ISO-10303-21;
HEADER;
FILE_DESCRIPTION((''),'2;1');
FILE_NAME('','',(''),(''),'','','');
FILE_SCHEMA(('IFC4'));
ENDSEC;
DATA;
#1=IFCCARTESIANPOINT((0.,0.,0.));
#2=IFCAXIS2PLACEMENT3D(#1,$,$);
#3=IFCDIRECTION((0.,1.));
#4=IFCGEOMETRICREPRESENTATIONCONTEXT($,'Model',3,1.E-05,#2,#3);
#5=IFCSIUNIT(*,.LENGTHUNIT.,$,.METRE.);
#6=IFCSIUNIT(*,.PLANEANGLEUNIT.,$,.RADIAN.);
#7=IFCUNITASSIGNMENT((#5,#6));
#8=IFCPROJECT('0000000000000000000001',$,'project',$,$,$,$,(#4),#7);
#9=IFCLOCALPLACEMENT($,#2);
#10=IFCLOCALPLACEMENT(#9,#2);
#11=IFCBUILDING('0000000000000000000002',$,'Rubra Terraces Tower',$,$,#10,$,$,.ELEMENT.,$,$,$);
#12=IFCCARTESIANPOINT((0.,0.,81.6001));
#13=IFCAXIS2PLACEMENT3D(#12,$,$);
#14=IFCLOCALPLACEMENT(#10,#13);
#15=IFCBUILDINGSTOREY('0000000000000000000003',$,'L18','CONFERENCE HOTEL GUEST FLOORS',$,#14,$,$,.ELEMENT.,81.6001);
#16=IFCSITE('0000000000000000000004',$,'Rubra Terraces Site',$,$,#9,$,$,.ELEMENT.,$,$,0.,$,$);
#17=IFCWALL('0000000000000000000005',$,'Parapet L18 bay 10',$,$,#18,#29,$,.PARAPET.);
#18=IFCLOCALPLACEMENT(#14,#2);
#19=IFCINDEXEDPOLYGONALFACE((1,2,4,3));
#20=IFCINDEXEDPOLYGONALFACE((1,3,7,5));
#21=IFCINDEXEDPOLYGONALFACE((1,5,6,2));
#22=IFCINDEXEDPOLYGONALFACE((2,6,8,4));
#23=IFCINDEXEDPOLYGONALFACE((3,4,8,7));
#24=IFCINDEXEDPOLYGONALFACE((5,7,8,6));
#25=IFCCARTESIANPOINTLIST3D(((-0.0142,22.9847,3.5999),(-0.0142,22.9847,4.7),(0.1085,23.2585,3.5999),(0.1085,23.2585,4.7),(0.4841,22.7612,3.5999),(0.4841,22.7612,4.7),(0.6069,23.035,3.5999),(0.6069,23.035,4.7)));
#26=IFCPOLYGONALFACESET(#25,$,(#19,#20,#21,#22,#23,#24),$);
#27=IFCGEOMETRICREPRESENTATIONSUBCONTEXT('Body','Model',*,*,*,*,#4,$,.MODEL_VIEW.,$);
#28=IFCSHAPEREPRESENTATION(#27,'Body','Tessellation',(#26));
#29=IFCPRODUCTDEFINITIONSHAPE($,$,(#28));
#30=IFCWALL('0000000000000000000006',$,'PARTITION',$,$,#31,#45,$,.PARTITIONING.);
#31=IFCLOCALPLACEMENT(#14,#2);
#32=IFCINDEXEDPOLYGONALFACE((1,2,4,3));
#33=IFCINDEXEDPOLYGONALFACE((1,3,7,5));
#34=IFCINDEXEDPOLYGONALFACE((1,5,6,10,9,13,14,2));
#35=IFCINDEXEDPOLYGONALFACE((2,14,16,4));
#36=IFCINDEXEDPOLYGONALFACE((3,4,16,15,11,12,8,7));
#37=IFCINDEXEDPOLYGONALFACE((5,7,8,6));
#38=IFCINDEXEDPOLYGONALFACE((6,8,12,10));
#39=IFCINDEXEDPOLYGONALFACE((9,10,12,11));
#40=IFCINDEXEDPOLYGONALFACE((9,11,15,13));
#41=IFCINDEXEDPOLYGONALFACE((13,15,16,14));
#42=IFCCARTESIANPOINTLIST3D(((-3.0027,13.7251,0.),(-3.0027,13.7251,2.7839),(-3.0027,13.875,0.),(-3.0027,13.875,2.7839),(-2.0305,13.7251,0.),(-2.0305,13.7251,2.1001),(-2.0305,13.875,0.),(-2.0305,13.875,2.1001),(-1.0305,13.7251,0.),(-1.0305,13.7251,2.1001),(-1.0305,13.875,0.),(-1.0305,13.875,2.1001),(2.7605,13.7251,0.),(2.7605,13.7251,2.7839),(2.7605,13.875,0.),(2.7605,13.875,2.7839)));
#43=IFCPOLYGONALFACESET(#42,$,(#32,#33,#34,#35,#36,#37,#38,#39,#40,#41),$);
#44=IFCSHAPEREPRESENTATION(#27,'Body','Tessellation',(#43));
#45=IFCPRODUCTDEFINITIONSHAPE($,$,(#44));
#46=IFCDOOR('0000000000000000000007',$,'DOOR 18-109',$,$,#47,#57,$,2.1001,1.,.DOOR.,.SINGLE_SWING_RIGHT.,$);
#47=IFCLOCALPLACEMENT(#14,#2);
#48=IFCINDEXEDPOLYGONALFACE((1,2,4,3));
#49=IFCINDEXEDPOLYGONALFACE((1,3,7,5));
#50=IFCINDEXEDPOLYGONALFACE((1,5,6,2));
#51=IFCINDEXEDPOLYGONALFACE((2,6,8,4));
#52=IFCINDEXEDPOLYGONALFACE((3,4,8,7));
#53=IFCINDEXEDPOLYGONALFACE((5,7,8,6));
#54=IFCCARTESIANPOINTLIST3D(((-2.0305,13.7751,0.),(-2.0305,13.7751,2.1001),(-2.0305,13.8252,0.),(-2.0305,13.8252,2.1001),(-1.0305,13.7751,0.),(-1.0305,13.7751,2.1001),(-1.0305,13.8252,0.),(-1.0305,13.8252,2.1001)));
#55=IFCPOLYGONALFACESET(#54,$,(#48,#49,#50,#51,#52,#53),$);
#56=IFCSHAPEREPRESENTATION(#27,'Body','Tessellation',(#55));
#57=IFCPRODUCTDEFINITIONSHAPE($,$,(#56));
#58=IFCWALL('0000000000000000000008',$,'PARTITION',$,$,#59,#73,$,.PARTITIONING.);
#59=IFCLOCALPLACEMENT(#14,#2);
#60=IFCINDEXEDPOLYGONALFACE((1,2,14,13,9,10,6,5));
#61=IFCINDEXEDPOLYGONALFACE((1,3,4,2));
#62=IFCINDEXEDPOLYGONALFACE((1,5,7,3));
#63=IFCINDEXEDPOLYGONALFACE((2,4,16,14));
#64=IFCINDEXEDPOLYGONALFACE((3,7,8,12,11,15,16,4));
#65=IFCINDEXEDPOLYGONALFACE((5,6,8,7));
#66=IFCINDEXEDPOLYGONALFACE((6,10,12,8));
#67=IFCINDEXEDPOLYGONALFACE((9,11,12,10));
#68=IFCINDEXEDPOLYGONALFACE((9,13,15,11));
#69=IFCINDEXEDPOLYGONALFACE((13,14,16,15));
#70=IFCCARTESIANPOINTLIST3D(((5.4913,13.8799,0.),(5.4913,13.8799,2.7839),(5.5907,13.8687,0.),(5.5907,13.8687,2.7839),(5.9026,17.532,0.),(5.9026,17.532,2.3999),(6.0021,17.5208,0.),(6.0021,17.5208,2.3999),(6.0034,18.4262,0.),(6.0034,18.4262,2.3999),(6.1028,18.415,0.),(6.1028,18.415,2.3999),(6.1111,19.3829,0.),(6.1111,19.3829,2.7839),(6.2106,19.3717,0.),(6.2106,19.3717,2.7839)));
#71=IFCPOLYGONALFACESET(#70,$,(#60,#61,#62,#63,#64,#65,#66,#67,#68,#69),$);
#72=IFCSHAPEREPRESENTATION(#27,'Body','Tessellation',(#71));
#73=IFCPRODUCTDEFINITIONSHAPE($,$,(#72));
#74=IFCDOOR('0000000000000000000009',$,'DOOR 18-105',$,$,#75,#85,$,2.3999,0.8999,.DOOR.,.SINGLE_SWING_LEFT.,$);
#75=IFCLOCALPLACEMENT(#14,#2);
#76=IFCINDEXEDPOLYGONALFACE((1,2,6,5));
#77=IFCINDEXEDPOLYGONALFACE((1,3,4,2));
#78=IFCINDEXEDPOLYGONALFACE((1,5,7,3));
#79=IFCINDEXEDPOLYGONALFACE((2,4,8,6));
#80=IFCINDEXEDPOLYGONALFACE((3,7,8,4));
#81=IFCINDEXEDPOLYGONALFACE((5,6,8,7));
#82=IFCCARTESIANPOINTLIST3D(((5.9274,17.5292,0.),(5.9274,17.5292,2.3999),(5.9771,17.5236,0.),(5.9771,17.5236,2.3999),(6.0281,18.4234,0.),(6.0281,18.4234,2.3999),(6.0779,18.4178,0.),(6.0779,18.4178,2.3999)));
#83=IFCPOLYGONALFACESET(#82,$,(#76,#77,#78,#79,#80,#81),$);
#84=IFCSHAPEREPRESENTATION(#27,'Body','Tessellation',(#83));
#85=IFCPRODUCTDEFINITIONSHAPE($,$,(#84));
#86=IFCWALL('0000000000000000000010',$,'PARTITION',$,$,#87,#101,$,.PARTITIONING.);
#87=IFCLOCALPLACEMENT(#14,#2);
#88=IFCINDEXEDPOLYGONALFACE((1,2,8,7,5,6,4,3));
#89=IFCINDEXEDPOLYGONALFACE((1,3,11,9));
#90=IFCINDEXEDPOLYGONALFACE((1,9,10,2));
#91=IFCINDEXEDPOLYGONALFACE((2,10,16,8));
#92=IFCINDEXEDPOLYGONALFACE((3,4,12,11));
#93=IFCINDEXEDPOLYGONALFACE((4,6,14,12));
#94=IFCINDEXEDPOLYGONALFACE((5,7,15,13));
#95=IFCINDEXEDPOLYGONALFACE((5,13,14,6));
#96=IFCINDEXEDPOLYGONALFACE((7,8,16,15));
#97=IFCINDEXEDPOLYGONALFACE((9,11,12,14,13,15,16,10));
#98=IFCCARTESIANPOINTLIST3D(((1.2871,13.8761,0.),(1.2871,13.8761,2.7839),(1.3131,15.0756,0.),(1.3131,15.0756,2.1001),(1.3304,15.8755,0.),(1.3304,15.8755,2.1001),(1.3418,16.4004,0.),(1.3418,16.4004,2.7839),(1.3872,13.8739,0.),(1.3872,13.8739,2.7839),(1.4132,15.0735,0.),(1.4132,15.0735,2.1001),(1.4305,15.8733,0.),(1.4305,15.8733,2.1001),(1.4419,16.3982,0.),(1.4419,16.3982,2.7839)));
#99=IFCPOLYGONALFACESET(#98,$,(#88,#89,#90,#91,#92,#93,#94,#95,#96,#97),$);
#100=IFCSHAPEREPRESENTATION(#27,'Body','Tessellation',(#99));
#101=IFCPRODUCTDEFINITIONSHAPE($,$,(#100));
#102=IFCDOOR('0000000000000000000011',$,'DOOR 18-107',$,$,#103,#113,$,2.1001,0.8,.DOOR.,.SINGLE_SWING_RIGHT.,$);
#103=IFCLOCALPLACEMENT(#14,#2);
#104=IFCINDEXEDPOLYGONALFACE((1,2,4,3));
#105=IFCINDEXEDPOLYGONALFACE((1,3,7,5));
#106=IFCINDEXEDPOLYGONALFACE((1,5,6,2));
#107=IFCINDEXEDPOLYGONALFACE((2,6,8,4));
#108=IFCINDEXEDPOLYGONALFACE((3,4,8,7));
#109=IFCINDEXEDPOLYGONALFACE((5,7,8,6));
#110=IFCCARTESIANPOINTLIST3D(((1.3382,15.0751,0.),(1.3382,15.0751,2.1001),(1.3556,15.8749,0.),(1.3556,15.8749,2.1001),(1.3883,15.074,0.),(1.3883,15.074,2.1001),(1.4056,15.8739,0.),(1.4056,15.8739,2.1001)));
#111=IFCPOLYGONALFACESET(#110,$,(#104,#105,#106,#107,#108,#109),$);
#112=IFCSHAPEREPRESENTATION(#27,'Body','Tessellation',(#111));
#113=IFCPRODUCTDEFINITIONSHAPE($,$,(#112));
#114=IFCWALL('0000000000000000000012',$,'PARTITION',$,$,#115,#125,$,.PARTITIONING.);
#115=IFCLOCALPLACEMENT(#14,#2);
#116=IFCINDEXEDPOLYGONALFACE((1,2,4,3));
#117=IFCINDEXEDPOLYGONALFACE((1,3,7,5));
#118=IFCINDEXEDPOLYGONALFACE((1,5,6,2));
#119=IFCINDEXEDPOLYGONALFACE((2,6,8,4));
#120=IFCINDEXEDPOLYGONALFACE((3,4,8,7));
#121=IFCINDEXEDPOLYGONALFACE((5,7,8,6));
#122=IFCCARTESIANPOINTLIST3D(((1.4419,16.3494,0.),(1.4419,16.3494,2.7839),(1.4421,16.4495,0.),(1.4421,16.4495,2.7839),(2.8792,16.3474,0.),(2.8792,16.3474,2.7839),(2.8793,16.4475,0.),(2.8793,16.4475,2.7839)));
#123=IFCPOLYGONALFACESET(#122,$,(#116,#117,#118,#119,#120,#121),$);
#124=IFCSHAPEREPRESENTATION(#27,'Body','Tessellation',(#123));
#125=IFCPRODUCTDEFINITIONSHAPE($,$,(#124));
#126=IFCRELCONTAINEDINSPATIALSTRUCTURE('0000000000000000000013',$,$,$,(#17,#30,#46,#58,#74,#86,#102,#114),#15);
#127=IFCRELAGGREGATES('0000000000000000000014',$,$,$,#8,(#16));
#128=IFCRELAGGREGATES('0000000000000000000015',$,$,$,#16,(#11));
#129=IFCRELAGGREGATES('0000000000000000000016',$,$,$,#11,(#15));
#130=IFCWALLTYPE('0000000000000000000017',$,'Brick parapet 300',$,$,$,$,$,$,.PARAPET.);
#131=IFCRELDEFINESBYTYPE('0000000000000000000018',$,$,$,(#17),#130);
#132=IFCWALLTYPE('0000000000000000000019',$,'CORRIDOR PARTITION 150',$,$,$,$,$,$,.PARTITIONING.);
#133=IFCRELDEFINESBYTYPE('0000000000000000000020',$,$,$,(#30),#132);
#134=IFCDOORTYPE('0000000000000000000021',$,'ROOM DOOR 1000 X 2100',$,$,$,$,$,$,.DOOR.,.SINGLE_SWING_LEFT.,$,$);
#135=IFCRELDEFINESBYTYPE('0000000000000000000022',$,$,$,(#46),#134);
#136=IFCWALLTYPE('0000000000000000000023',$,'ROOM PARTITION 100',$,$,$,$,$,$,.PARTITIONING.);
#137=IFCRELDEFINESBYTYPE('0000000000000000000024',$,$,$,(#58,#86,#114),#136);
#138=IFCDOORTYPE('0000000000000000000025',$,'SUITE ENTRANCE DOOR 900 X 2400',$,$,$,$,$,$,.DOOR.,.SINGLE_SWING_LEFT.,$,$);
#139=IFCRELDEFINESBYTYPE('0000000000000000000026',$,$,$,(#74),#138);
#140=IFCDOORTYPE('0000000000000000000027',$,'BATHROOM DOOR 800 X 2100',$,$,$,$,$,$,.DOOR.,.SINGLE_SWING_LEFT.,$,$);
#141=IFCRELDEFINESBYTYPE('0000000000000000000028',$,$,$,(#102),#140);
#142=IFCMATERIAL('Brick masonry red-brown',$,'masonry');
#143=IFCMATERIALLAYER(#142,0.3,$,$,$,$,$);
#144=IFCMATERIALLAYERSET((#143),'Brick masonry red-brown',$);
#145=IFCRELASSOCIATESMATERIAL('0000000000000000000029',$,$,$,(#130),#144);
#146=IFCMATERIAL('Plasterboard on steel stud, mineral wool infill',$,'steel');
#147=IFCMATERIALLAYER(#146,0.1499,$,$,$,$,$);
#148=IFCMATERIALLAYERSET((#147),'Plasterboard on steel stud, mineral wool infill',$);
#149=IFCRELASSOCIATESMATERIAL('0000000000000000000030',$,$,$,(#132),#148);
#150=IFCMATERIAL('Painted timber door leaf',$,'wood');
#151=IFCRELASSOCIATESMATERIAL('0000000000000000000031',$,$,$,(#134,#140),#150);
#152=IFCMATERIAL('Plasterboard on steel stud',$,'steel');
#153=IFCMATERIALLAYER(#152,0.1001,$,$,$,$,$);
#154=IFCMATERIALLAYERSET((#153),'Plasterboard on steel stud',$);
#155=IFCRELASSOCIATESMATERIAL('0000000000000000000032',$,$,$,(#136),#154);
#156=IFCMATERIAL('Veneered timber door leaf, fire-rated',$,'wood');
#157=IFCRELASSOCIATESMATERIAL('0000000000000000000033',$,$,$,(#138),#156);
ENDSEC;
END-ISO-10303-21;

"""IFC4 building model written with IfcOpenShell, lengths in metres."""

from ifc_helpers import new_model, si_unit, direction, frame, frame_2d, origin, place, context, subcontext, project, spatial, rectangle, extrude, material, layer, layer_set, type_object, element, fill, save


model = new_model("IFC4")

# Units and contexts
model_context = context("Model", 3, precision=1e-05, world=origin(), true_north=direction((0.0, 1.0)))
body_context = subcontext(model_context, "Body", "Model", "MODEL_VIEW")
ifc_project = project(units=[si_unit("LENGTHUNIT", "METRE"), si_unit("PLANEANGLEUNIT", "RADIAN")], contexts=[model_context])

# Site, building, storey
site_placement = place(None, origin())
site = spatial("IfcSite", under=ifc_project, at=site_placement, Name="Rubra Terraces Site", CompositionType="ELEMENT", RefElevation=0.0)
building_placement = place(site_placement, origin())
building = spatial("IfcBuilding", under=site, at=building_placement, Name="Rubra Terraces Tower", CompositionType="ELEMENT")
storey_placement = place(building_placement, frame((0.0, 0.0, 81.6001)))
storey = spatial("IfcBuildingStorey", under=building, at=storey_placement, Name="L18", Description="CONFERENCE HOTEL GUEST FLOORS", CompositionType="ELEMENT", Elevation=81.6001)

# Shared definitions
ifc_material_1 = material(Name="Brick masonry red-brown", Category="masonry")

# Wall
ifc_layer_1 = layer(ifc_material_1, 0.3)
ifc_layer_set_1 = layer_set([ifc_layer_1], Name="Brick masonry red-brown")
wall_type_1 = type_object("IfcWallType", Name="Brick parapet 300", PredefinedType="PARAPET", material=ifc_layer_set_1)
wall_1_placement = place(storey_placement, frame((0.5454, 22.8982, 3.5999), z_axis=(0.0, 0.0, 1.0), x_axis=(-0.912498, 0.409082, 0.0)))
element("IfcWall", 1, at=wall_1_placement, inside=storey, type_object=wall_type_1, Name="Parapet L18 bay 10", PredefinedType="PARAPET", context=body_context, shape_type="SweptSolid", body=[
    extrude(rectangle(XDim=0.5461, YDim=0.3, at=frame_2d((0.2729, 0.0))), origin(), (0.0, 0.0, 1.0), 1.1001),
])

# Walls, openings, doors
ifc_material_2 = material(Name="Plasterboard on steel stud, mineral wool infill", Category="steel")
ifc_layer_2 = layer(ifc_material_2, 0.1499)
ifc_layer_set_2 = layer_set([ifc_layer_2], Name="Plasterboard on steel stud, mineral wool infill")
wall_type_2 = type_object("IfcWallType", Name="CORRIDOR PARTITION 150", PredefinedType="PARTITIONING", material=ifc_layer_set_2)
wall_2_placement = place(storey_placement, frame((2.7605, 13.8, 0.0), z_axis=(0.0, 0.0, 1.0), x_axis=(-1.0, 0.0, 0.0)))
wall_2 = element("IfcWall", 2, at=wall_2_placement, inside=storey, type_object=wall_type_2, Name="PARTITION", PredefinedType="PARTITIONING", context=body_context, shape_type="SweptSolid", body=[
    extrude(rectangle(XDim=5.7632, YDim=0.1499, at=frame_2d((2.8816, 0.0))), origin(), (0.0, 0.0, 1.0), 2.7839),
])
opening_1_placement = place(wall_2_placement, frame((3.791, 0.0, 0.0)))
opening_1 = element("IfcOpeningElement", 3, at=opening_1_placement, cuts=wall_2, PredefinedType="OPENING", context=body_context, shape_type="SweptSolid", body=[
    extrude(rectangle(XDim=1.0, YDim=2.1001, at=frame_2d((0.5, 1.05))), frame((0.0, 0.085, 0.0), z_axis=(0.0, -1.0, 0.0), x_axis=(1.0, 0.0, 0.0)), (0.0, 0.0, 1.0), 0.1699),
])
ifc_material_3 = material(Name="Painted timber door leaf", Category="wood")
door_type_1 = type_object("IfcDoorType", Name="ROOM DOOR 1000 X 2100", OperationType="SINGLE_SWING_LEFT", PredefinedType="DOOR", material=ifc_material_3)
door_1_placement = place(opening_1_placement, origin())
door_1 = element("IfcDoor", 4, at=door_1_placement, inside=storey, type_object=door_type_1, Name="DOOR 18-109", OperationType="SINGLE_SWING_RIGHT", OverallHeight=2.1001, OverallWidth=1.0, PredefinedType="DOOR", context=body_context, shape_type="SweptSolid", body=[
    extrude(rectangle(XDim=1.0, YDim=2.1001, at=frame_2d((0.5, 1.05))), frame((0.0, 0.0249, 0.0), z_axis=(0.0, -1.0, 0.0), x_axis=(1.0, 0.0, 0.0)), (0.0, 0.0, 1.0), 0.05),
])
fill(opening_1, door_1)
ifc_material_4 = material(Name="Plasterboard on steel stud", Category="steel")
ifc_layer_3 = layer(ifc_material_4, 0.1001)
ifc_layer_set_3 = layer_set([ifc_layer_3], Name="Plasterboard on steel stud")
wall_type_3 = type_object("IfcWallType", Name="ROOM PARTITION 100", PredefinedType="PARTITIONING", material=ifc_layer_set_3)
wall_3_placement = place(storey_placement, frame((6.1609, 19.3774, 0.0), z_axis=(0.0, 0.0, 1.0), x_axis=(-0.111936, -0.993715, 0.0)))
wall_3 = element("IfcWall", 5, at=wall_3_placement, inside=storey, type_object=wall_type_3, Name="PARTITION", PredefinedType="PARTITIONING", context=body_context, shape_type="SweptSolid", body=[
    extrude(rectangle(XDim=5.5378, YDim=0.1001, at=frame_2d((2.769, 0.0))), origin(), (0.0, 0.0, 1.0), 2.7839),
])
opening_2_placement = place(wall_3_placement, frame((0.9629, 0.0, 0.0)))
opening_2 = element("IfcOpeningElement", 6, at=opening_2_placement, cuts=wall_3, PredefinedType="OPENING", context=body_context, shape_type="SweptSolid", body=[
    extrude(rectangle(XDim=0.8999, YDim=2.3999, at=frame_2d((0.45, 1.2))), frame((0.0, 0.0601, 0.0), z_axis=(0.0, -1.0, 0.0), x_axis=(1.0, 0.0, 0.0)), (0.0, 0.0, 1.0), 0.1201),
])
ifc_material_5 = material(Name="Veneered timber door leaf, fire-rated", Category="wood")
door_type_2 = type_object("IfcDoorType", Name="SUITE ENTRANCE DOOR 900 X 2400", OperationType="SINGLE_SWING_LEFT", PredefinedType="DOOR", material=ifc_material_5)
door_2_placement = place(opening_2_placement, origin())
door_2 = element("IfcDoor", 7, at=door_2_placement, inside=storey, type_object=door_type_2, Name="DOOR 18-105", OperationType="SINGLE_SWING_LEFT", OverallHeight=2.3999, OverallWidth=0.8999, PredefinedType="DOOR", context=body_context, shape_type="SweptSolid", body=[
    extrude(rectangle(XDim=0.8999, YDim=2.3999, at=frame_2d((0.45, 1.2))), frame((0.0, 0.0249, 0.0), z_axis=(0.0, -1.0, 0.0), x_axis=(1.0, 0.0, 0.0)), (0.0, 0.0, 1.0), 0.05),
])
fill(opening_2, door_2)
wall_4_placement = place(storey_placement, frame((1.3372, 13.875, 0.0), z_axis=(0.0, 0.0, 1.0), x_axis=(0.021658, 0.999765, 0.0)))
wall_4 = element("IfcWall", 8, at=wall_4_placement, inside=storey, type_object=wall_type_3, Name="PARTITION", PredefinedType="PARTITIONING", context=body_context, shape_type="SweptSolid", body=[
    extrude(rectangle(XDim=2.5249, YDim=0.1001, at=frame_2d((1.2625, 0.0))), origin(), (0.0, 0.0, 1.0), 2.7839),
])
opening_3_placement = place(wall_4_placement, frame((1.2, 0.0, 0.0)))
opening_3 = element("IfcOpeningElement", 9, at=opening_3_placement, cuts=wall_4, PredefinedType="OPENING", context=body_context, shape_type="SweptSolid", body=[
    extrude(rectangle(XDim=0.8, YDim=2.1001, at=frame_2d((0.3999, 1.05))), frame((0.0, 0.0601, 0.0), z_axis=(0.0, -1.0, 0.0), x_axis=(1.0, 0.0, 0.0)), (0.0, 0.0, 1.0), 0.1201),
])
door_type_3 = type_object("IfcDoorType", Name="BATHROOM DOOR 800 X 2100", OperationType="SINGLE_SWING_LEFT", PredefinedType="DOOR", material=ifc_material_3)
door_3_placement = place(opening_3_placement, origin())
door_3 = element("IfcDoor", 10, at=door_3_placement, inside=storey, type_object=door_type_3, Name="DOOR 18-107", OperationType="SINGLE_SWING_RIGHT", OverallHeight=2.1001, OverallWidth=0.8, PredefinedType="DOOR", context=body_context, shape_type="SweptSolid", body=[
    extrude(rectangle(XDim=0.8, YDim=2.1001, at=frame_2d((0.3999, 1.05))), frame((0.0, 0.0249, 0.0), z_axis=(0.0, -1.0, 0.0), x_axis=(1.0, 0.0, 0.0)), (0.0, 0.0, 1.0), 0.05),
])
fill(opening_3, door_3)

# Wall
wall_5_placement = place(storey_placement, frame((1.4419, 16.3994, 0.0), z_axis=(0.0, 0.0, 1.0), x_axis=(0.999999, -0.001359, 0.0)))
element("IfcWall", 11, at=wall_5_placement, inside=storey, type_object=wall_type_3, Name="PARTITION", PredefinedType="PARTITIONING", context=body_context, shape_type="SweptSolid", body=[
    extrude(rectangle(XDim=1.4373, YDim=0.1001, at=frame_2d((0.7188, 0.0))), origin(), (0.0, 0.0, 1.0), 2.7839),
])

save(model, "model.ifc")
